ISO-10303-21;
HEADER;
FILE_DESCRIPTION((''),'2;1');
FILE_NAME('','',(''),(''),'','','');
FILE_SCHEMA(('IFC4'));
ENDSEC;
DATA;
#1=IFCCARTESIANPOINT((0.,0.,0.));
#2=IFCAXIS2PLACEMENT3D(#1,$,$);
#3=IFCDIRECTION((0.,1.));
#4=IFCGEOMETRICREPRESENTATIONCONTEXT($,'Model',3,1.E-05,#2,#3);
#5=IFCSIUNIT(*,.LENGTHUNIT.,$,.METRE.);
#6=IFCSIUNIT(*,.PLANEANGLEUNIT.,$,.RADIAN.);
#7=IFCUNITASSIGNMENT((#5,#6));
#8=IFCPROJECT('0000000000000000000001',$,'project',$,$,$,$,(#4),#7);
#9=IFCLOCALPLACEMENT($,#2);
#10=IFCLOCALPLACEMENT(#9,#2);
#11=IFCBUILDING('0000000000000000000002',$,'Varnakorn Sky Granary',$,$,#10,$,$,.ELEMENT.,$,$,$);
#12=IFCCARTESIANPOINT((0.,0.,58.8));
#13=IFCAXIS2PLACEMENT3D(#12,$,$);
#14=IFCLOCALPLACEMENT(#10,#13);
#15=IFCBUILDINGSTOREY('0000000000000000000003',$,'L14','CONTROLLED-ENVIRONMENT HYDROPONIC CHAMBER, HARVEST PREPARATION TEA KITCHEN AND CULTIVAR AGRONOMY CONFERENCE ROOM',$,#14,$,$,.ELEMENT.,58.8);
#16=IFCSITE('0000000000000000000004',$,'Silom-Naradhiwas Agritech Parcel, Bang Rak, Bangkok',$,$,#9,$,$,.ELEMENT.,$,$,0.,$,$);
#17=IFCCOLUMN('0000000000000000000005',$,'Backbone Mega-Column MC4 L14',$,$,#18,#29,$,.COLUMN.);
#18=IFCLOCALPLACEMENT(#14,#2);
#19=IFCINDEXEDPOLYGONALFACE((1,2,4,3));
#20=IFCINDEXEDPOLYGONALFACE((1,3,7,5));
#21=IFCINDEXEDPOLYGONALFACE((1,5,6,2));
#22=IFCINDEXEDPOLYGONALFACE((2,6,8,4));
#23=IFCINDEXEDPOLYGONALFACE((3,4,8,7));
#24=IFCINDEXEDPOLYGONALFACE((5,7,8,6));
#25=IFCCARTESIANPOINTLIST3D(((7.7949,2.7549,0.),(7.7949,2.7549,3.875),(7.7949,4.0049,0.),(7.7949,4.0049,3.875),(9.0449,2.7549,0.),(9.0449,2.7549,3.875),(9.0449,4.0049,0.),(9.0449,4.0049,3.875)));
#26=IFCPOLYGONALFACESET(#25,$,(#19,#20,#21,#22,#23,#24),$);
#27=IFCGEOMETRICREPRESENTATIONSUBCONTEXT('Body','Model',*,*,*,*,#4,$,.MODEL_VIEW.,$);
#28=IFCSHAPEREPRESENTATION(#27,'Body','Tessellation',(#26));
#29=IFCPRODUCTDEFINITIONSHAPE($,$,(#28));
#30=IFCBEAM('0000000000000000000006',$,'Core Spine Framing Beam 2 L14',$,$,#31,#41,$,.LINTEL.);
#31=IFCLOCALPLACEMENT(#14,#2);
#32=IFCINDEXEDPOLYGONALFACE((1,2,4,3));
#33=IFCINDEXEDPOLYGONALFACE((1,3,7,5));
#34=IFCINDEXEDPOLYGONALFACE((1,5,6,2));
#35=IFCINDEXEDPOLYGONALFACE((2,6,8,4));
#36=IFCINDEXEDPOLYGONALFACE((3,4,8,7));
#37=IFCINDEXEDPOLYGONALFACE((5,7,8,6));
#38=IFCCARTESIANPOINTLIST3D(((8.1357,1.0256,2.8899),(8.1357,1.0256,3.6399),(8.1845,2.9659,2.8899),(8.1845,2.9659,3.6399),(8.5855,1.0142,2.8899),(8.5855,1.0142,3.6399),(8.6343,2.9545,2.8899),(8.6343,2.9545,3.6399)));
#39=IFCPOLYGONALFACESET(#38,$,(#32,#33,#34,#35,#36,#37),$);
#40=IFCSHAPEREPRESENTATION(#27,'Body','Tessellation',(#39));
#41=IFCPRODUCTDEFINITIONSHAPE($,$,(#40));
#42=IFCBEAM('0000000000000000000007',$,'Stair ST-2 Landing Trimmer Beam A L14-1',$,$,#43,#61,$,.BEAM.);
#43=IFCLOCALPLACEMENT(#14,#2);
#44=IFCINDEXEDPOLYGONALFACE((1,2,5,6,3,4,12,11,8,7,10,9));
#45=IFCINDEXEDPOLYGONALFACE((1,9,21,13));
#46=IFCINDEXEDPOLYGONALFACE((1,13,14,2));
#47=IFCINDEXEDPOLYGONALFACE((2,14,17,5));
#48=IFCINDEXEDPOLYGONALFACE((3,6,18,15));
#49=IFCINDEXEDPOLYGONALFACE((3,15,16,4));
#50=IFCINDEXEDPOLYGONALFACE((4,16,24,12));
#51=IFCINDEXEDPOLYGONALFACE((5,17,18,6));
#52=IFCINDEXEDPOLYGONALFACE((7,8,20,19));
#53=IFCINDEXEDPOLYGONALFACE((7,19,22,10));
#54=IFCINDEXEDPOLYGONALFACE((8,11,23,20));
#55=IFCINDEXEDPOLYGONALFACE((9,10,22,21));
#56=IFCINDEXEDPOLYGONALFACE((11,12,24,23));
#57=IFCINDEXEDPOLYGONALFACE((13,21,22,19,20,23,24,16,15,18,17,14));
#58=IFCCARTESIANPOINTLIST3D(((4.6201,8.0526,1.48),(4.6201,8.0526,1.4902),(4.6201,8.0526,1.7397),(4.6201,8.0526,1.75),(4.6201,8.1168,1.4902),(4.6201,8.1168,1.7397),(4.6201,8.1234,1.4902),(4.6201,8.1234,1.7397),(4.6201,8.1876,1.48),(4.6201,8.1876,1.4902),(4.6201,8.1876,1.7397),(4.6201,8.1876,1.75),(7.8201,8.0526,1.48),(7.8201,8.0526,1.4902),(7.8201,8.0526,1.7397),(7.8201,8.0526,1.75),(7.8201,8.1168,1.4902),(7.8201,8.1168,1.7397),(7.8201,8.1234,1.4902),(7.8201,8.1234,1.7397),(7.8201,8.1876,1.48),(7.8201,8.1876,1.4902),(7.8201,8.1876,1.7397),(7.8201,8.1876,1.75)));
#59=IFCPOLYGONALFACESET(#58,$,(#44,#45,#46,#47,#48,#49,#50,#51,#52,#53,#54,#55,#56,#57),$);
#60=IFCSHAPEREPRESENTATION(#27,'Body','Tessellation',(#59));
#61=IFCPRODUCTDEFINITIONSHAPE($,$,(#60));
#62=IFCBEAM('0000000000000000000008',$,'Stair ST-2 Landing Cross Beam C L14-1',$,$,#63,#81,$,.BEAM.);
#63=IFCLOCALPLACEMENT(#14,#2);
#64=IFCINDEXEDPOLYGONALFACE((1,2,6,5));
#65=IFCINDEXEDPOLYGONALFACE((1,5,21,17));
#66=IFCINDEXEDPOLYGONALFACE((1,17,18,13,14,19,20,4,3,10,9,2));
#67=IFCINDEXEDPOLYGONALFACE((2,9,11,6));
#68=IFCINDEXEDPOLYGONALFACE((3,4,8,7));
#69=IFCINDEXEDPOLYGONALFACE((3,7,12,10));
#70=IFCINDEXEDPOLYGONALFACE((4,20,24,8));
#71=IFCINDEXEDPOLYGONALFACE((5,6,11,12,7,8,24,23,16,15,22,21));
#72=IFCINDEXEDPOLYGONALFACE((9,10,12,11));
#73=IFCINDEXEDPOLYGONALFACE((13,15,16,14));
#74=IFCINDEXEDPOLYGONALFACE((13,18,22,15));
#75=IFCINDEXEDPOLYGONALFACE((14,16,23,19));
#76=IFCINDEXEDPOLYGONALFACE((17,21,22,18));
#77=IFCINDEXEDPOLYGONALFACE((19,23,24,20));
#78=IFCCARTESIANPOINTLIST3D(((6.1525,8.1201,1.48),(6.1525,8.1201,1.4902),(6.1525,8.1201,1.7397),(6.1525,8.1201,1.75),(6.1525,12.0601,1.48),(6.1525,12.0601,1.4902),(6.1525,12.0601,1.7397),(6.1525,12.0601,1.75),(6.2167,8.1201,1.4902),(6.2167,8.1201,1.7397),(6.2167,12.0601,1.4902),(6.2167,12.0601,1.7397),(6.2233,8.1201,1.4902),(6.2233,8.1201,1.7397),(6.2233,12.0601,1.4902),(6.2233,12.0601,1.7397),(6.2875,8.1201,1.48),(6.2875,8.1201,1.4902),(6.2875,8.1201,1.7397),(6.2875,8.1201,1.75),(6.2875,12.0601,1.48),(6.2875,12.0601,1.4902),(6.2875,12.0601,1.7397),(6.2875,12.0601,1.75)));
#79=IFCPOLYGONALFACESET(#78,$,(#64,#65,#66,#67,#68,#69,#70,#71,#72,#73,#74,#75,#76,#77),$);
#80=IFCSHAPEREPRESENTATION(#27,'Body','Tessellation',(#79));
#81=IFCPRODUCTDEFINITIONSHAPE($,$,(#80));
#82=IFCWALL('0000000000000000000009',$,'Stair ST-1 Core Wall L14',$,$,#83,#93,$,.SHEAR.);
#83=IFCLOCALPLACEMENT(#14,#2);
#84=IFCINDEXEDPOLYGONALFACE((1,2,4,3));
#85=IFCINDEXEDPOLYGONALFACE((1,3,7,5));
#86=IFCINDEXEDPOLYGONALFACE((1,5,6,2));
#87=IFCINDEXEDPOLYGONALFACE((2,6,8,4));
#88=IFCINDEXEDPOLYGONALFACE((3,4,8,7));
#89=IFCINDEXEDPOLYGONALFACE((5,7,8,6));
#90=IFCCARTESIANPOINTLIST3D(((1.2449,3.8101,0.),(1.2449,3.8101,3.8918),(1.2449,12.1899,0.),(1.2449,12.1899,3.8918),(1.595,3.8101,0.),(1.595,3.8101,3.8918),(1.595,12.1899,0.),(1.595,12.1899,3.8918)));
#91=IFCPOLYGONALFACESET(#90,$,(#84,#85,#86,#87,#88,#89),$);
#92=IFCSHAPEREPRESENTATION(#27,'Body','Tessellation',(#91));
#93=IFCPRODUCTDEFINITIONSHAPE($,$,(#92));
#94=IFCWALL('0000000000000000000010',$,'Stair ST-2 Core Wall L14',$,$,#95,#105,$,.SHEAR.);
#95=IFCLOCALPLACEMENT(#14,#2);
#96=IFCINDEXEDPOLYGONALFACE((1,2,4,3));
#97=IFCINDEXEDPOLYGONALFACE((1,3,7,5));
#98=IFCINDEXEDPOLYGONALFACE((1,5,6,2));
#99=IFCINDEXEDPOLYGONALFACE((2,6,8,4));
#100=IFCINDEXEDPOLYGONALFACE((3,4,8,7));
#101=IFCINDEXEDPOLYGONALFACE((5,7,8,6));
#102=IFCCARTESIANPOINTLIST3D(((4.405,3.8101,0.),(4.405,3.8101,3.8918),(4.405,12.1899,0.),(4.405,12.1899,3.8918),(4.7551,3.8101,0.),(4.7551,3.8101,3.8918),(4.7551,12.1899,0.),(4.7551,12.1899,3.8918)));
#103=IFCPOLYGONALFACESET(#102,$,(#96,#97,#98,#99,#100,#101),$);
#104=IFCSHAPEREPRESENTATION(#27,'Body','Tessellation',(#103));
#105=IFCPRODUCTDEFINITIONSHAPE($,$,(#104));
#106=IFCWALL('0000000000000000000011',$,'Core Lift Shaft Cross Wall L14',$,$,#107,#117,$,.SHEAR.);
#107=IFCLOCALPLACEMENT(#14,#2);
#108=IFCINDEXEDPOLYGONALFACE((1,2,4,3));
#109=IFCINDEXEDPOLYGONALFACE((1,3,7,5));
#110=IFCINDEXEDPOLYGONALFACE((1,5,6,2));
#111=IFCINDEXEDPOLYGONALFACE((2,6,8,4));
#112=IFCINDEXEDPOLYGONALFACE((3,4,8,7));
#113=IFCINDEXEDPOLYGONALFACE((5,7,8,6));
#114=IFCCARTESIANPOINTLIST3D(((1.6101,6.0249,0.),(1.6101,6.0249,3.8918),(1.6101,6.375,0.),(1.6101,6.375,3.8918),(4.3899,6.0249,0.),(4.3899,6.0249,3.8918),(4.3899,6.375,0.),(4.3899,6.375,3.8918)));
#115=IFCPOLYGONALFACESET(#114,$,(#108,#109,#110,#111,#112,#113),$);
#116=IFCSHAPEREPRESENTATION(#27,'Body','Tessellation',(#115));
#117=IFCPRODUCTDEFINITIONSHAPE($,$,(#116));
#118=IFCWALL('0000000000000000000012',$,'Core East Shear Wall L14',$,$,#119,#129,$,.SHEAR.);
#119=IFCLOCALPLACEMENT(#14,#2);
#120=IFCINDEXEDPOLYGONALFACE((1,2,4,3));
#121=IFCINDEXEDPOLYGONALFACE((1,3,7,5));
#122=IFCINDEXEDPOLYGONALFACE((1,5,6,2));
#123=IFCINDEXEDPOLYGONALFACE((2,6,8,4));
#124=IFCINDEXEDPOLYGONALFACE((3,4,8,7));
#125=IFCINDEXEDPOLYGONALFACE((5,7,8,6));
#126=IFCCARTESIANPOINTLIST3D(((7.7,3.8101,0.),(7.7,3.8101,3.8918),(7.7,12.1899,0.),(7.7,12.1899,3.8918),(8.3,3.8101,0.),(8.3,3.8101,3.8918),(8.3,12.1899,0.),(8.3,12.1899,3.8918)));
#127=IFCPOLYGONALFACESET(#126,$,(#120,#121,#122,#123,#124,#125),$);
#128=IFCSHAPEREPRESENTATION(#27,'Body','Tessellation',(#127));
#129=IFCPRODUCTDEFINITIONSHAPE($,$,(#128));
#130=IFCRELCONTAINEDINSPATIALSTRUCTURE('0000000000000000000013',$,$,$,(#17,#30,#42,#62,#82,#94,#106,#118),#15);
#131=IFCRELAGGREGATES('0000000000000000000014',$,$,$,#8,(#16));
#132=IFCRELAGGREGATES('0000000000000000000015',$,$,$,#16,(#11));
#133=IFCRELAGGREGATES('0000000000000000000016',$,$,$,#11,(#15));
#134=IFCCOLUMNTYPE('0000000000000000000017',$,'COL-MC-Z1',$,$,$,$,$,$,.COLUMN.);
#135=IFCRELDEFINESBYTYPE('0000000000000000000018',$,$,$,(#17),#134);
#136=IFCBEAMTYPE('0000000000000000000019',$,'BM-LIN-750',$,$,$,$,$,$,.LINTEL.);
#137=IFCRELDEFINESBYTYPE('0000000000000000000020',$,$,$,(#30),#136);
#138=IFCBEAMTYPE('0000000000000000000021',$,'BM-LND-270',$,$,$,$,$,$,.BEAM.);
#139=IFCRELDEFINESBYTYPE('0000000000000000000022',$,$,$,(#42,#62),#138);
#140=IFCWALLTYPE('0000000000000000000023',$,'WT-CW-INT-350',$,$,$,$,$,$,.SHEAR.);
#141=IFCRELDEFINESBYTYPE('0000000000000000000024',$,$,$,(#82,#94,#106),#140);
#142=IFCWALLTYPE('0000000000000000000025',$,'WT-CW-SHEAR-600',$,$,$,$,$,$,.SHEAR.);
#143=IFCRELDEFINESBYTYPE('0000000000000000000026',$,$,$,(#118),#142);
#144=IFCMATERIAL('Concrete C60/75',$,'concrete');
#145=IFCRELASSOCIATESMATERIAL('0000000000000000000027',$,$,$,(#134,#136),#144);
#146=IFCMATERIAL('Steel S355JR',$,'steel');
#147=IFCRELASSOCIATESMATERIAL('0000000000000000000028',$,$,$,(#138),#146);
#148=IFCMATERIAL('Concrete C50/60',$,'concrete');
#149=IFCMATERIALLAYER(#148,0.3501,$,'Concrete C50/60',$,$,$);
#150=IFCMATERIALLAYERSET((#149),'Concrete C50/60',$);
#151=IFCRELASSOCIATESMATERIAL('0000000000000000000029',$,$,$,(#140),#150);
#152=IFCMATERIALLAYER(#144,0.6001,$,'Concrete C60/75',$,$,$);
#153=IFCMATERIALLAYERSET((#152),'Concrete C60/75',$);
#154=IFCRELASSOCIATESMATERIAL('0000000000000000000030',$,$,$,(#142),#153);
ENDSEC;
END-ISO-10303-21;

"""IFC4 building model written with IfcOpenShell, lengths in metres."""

from ifc_helpers import new_model, si_unit, direction, frame, frame_2d, origin, origin_2d, place, context, subcontext, project, spatial, rectangle, i_section, extrude, material, layer, layer_set, material_profile, profile_set, type_object, element, save


model = new_model("IFC4")

# Units and contexts
model_context = context("Model", 3, precision=1e-05, world=origin(), true_north=direction((0.0, 1.0)))
body_context = subcontext(model_context, "Body", "Model", "MODEL_VIEW")
ifc_project = project(units=[si_unit("LENGTHUNIT", "METRE"), si_unit("PLANEANGLEUNIT", "RADIAN")], contexts=[model_context])

# Site, building, storey
site_placement = place(None, origin())
site = spatial("IfcSite", under=ifc_project, at=site_placement, Name="Silom-Naradhiwas Agritech Parcel, Bang Rak, Bangkok", CompositionType="ELEMENT", RefElevation=0.0)
building_placement = place(site_placement, origin())
building = spatial("IfcBuilding", under=site, at=building_placement, Name="Varnakorn Sky Granary", CompositionType="ELEMENT")
storey_placement = place(building_placement, frame((0.0, 0.0, 58.8)))
storey = spatial("IfcBuildingStorey", under=building, at=storey_placement, Name="L14", Description="CONTROLLED-ENVIRONMENT HYDROPONIC CHAMBER, HARVEST PREPARATION TEA KITCHEN AND CULTIVAR AGRONOMY CONFERENCE ROOM", CompositionType="ELEMENT", Elevation=58.8)

# Column
ifc_material_1 = material(Name="Concrete C60/75", Category="concrete")
ifc_material_profile_1 = material_profile(ifc_material_1, rectangle(XDim=1.25, YDim=1.25, at=origin_2d()), Name="RC 1250x1250")
ifc_profile_set_1 = profile_set([ifc_material_profile_1], Name="Concrete C60/75")
column_type = type_object("IfcColumnType", Name="COL-MC-Z1", PredefinedType="COLUMN", material=ifc_profile_set_1)
column_placement = place(storey_placement, frame((8.4199, 3.3799, 0.0), z_axis=(0.0, 0.0, 1.0), x_axis=(1.0, 0.0, 0.0)))
element("IfcColumn", 1, at=column_placement, inside=storey, type_object=column_type, Name="Backbone Mega-Column MC4 L14", PredefinedType="COLUMN", context=body_context, shape_type="SweptSolid", body=[
    extrude(rectangle(XDim=1.25, YDim=1.25, at=origin_2d()), origin(), (0.0, 0.0, 1.0), 3.875),
])

# Beams
ifc_material_profile_2 = material_profile(ifc_material_1, rectangle(XDim=0.45, YDim=0.75, at=origin_2d()), Name="RC 450x750")
ifc_profile_set_2 = profile_set([ifc_material_profile_2], Name="Concrete C60/75")
beam_type_1 = type_object("IfcBeamType", Name="BM-LIN-750", PredefinedType="LINTEL", material=ifc_profile_set_2)
beam_1_placement = place(storey_placement, frame((8.4094, 2.9602, 3.2649), z_axis=(-0.025159, -0.999683, 0.0), x_axis=(0.999683, -0.025159, 0.0)))
element("IfcBeam", 2, at=beam_1_placement, inside=storey, type_object=beam_type_1, Name="Core Spine Framing Beam 2 L14", PredefinedType="LINTEL", context=body_context, shape_type="SweptSolid", body=[
    extrude(rectangle(XDim=0.45, YDim=0.75, at=origin_2d()), origin(), (0.0, 0.0, 1.0), 1.9409),
])
ifc_material_2 = material(Name="Steel S355JR", Category="steel")
ifc_material_profile_3 = material_profile(ifc_material_2, i_section(OverallWidth=0.135, OverallDepth=0.27, WebThickness=0.0066, FlangeThickness=0.0103, at=origin_2d()), Name="IPE 270")
ifc_profile_set_3 = profile_set([ifc_material_profile_3], Name="Steel S355JR")
beam_type_2 = type_object("IfcBeamType", Name="BM-LND-270", PredefinedType="BEAM", material=ifc_profile_set_3)
beam_2_placement = place(storey_placement, frame((4.6201, 8.1201, 1.615), z_axis=(1.0, 0.0, 0.0), x_axis=(0.0, 1.0, 0.0)))
element("IfcBeam", 3, at=beam_2_placement, inside=storey, type_object=beam_type_2, Name="Stair ST-2 Landing Trimmer Beam A L14-1", PredefinedType="BEAM", context=body_context, shape_type="SweptSolid", body=[
    extrude(i_section(OverallWidth=0.135, OverallDepth=0.27, WebThickness=0.0066, FlangeThickness=0.0103, at=origin_2d()), origin(), (0.0, 0.0, 1.0), 3.2),
])
beam_3_placement = place(storey_placement, frame((6.22, 8.1201, 1.615), z_axis=(0.0, 1.0, 0.0), x_axis=(-1.0, 0.0, 0.0)))
element("IfcBeam", 4, at=beam_3_placement, inside=storey, type_object=beam_type_2, Name="Stair ST-2 Landing Cross Beam C L14-1", PredefinedType="BEAM", context=body_context, shape_type="SweptSolid", body=[
    extrude(i_section(OverallWidth=0.135, OverallDepth=0.27, WebThickness=0.0066, FlangeThickness=0.0103, at=origin_2d()), origin(), (0.0, 0.0, 1.0), 3.9399),
])

# Walls
ifc_material_3 = material(Name="Concrete C50/60", Category="concrete")
ifc_layer_1 = layer(ifc_material_3, 0.3501, Name="Concrete C50/60")
ifc_layer_set_1 = layer_set([ifc_layer_1], Name="Concrete C50/60")
wall_type_1 = type_object("IfcWallType", Name="WT-CW-INT-350", PredefinedType="SHEAR", material=ifc_layer_set_1)
for number, where, z_axis, x_axis, name in (
    (5, (1.4199, 3.8101, 0.0), (0.0, 0.0, 1.0), (0.0, 1.0, 0.0), "Stair ST-1 Core Wall L14"),
    (6, (4.5801, 3.8101, 0.0), (0.0, 0.0, 1.0), (0.0, 1.0, 0.0), "Stair ST-2 Core Wall L14"),
):
    element("IfcWall", number, at=place(storey_placement, frame(where, z_axis=z_axis, x_axis=x_axis)), inside=storey, type_object=wall_type_1, Name=name, PredefinedType="SHEAR", context=body_context, shape_type="SweptSolid", body=[
        extrude(rectangle(XDim=8.3799, YDim=0.3501, at=frame_2d((4.1899, 0.0))), origin(), (0.0, 0.0, 1.0), 3.8918),
    ])
wall_1_placement = place(storey_placement, frame((1.6101, 6.2, 0.0), z_axis=(0.0, 0.0, 1.0), x_axis=(1.0, 0.0, 0.0)))
element("IfcWall", 7, at=wall_1_placement, inside=storey, type_object=wall_type_1, Name="Core Lift Shaft Cross Wall L14", PredefinedType="SHEAR", context=body_context, shape_type="SweptSolid", body=[
    extrude(rectangle(XDim=2.7798, YDim=0.3501, at=frame_2d((1.3899, 0.0))), origin(), (0.0, 0.0, 1.0), 3.8918),
])
ifc_layer_2 = layer(ifc_material_1, 0.6001, Name="Concrete C60/75")
ifc_layer_set_2 = layer_set([ifc_layer_2], Name="Concrete C60/75")
wall_type_2 = type_object("IfcWallType", Name="WT-CW-SHEAR-600", PredefinedType="SHEAR", material=ifc_layer_set_2)
wall_2_placement = place(storey_placement, frame((8.0, 3.8101, 0.0), z_axis=(0.0, 0.0, 1.0), x_axis=(0.0, 1.0, 0.0)))
element("IfcWall", 8, at=wall_2_placement, inside=storey, type_object=wall_type_2, Name="Core East Shear Wall L14", PredefinedType="SHEAR", context=body_context, shape_type="SweptSolid", body=[
    extrude(rectangle(XDim=8.3799, YDim=0.6001, at=frame_2d((4.1899, 0.0))), origin(), (0.0, 0.0, 1.0), 3.8918),
])

save(model, "model.ifc")
